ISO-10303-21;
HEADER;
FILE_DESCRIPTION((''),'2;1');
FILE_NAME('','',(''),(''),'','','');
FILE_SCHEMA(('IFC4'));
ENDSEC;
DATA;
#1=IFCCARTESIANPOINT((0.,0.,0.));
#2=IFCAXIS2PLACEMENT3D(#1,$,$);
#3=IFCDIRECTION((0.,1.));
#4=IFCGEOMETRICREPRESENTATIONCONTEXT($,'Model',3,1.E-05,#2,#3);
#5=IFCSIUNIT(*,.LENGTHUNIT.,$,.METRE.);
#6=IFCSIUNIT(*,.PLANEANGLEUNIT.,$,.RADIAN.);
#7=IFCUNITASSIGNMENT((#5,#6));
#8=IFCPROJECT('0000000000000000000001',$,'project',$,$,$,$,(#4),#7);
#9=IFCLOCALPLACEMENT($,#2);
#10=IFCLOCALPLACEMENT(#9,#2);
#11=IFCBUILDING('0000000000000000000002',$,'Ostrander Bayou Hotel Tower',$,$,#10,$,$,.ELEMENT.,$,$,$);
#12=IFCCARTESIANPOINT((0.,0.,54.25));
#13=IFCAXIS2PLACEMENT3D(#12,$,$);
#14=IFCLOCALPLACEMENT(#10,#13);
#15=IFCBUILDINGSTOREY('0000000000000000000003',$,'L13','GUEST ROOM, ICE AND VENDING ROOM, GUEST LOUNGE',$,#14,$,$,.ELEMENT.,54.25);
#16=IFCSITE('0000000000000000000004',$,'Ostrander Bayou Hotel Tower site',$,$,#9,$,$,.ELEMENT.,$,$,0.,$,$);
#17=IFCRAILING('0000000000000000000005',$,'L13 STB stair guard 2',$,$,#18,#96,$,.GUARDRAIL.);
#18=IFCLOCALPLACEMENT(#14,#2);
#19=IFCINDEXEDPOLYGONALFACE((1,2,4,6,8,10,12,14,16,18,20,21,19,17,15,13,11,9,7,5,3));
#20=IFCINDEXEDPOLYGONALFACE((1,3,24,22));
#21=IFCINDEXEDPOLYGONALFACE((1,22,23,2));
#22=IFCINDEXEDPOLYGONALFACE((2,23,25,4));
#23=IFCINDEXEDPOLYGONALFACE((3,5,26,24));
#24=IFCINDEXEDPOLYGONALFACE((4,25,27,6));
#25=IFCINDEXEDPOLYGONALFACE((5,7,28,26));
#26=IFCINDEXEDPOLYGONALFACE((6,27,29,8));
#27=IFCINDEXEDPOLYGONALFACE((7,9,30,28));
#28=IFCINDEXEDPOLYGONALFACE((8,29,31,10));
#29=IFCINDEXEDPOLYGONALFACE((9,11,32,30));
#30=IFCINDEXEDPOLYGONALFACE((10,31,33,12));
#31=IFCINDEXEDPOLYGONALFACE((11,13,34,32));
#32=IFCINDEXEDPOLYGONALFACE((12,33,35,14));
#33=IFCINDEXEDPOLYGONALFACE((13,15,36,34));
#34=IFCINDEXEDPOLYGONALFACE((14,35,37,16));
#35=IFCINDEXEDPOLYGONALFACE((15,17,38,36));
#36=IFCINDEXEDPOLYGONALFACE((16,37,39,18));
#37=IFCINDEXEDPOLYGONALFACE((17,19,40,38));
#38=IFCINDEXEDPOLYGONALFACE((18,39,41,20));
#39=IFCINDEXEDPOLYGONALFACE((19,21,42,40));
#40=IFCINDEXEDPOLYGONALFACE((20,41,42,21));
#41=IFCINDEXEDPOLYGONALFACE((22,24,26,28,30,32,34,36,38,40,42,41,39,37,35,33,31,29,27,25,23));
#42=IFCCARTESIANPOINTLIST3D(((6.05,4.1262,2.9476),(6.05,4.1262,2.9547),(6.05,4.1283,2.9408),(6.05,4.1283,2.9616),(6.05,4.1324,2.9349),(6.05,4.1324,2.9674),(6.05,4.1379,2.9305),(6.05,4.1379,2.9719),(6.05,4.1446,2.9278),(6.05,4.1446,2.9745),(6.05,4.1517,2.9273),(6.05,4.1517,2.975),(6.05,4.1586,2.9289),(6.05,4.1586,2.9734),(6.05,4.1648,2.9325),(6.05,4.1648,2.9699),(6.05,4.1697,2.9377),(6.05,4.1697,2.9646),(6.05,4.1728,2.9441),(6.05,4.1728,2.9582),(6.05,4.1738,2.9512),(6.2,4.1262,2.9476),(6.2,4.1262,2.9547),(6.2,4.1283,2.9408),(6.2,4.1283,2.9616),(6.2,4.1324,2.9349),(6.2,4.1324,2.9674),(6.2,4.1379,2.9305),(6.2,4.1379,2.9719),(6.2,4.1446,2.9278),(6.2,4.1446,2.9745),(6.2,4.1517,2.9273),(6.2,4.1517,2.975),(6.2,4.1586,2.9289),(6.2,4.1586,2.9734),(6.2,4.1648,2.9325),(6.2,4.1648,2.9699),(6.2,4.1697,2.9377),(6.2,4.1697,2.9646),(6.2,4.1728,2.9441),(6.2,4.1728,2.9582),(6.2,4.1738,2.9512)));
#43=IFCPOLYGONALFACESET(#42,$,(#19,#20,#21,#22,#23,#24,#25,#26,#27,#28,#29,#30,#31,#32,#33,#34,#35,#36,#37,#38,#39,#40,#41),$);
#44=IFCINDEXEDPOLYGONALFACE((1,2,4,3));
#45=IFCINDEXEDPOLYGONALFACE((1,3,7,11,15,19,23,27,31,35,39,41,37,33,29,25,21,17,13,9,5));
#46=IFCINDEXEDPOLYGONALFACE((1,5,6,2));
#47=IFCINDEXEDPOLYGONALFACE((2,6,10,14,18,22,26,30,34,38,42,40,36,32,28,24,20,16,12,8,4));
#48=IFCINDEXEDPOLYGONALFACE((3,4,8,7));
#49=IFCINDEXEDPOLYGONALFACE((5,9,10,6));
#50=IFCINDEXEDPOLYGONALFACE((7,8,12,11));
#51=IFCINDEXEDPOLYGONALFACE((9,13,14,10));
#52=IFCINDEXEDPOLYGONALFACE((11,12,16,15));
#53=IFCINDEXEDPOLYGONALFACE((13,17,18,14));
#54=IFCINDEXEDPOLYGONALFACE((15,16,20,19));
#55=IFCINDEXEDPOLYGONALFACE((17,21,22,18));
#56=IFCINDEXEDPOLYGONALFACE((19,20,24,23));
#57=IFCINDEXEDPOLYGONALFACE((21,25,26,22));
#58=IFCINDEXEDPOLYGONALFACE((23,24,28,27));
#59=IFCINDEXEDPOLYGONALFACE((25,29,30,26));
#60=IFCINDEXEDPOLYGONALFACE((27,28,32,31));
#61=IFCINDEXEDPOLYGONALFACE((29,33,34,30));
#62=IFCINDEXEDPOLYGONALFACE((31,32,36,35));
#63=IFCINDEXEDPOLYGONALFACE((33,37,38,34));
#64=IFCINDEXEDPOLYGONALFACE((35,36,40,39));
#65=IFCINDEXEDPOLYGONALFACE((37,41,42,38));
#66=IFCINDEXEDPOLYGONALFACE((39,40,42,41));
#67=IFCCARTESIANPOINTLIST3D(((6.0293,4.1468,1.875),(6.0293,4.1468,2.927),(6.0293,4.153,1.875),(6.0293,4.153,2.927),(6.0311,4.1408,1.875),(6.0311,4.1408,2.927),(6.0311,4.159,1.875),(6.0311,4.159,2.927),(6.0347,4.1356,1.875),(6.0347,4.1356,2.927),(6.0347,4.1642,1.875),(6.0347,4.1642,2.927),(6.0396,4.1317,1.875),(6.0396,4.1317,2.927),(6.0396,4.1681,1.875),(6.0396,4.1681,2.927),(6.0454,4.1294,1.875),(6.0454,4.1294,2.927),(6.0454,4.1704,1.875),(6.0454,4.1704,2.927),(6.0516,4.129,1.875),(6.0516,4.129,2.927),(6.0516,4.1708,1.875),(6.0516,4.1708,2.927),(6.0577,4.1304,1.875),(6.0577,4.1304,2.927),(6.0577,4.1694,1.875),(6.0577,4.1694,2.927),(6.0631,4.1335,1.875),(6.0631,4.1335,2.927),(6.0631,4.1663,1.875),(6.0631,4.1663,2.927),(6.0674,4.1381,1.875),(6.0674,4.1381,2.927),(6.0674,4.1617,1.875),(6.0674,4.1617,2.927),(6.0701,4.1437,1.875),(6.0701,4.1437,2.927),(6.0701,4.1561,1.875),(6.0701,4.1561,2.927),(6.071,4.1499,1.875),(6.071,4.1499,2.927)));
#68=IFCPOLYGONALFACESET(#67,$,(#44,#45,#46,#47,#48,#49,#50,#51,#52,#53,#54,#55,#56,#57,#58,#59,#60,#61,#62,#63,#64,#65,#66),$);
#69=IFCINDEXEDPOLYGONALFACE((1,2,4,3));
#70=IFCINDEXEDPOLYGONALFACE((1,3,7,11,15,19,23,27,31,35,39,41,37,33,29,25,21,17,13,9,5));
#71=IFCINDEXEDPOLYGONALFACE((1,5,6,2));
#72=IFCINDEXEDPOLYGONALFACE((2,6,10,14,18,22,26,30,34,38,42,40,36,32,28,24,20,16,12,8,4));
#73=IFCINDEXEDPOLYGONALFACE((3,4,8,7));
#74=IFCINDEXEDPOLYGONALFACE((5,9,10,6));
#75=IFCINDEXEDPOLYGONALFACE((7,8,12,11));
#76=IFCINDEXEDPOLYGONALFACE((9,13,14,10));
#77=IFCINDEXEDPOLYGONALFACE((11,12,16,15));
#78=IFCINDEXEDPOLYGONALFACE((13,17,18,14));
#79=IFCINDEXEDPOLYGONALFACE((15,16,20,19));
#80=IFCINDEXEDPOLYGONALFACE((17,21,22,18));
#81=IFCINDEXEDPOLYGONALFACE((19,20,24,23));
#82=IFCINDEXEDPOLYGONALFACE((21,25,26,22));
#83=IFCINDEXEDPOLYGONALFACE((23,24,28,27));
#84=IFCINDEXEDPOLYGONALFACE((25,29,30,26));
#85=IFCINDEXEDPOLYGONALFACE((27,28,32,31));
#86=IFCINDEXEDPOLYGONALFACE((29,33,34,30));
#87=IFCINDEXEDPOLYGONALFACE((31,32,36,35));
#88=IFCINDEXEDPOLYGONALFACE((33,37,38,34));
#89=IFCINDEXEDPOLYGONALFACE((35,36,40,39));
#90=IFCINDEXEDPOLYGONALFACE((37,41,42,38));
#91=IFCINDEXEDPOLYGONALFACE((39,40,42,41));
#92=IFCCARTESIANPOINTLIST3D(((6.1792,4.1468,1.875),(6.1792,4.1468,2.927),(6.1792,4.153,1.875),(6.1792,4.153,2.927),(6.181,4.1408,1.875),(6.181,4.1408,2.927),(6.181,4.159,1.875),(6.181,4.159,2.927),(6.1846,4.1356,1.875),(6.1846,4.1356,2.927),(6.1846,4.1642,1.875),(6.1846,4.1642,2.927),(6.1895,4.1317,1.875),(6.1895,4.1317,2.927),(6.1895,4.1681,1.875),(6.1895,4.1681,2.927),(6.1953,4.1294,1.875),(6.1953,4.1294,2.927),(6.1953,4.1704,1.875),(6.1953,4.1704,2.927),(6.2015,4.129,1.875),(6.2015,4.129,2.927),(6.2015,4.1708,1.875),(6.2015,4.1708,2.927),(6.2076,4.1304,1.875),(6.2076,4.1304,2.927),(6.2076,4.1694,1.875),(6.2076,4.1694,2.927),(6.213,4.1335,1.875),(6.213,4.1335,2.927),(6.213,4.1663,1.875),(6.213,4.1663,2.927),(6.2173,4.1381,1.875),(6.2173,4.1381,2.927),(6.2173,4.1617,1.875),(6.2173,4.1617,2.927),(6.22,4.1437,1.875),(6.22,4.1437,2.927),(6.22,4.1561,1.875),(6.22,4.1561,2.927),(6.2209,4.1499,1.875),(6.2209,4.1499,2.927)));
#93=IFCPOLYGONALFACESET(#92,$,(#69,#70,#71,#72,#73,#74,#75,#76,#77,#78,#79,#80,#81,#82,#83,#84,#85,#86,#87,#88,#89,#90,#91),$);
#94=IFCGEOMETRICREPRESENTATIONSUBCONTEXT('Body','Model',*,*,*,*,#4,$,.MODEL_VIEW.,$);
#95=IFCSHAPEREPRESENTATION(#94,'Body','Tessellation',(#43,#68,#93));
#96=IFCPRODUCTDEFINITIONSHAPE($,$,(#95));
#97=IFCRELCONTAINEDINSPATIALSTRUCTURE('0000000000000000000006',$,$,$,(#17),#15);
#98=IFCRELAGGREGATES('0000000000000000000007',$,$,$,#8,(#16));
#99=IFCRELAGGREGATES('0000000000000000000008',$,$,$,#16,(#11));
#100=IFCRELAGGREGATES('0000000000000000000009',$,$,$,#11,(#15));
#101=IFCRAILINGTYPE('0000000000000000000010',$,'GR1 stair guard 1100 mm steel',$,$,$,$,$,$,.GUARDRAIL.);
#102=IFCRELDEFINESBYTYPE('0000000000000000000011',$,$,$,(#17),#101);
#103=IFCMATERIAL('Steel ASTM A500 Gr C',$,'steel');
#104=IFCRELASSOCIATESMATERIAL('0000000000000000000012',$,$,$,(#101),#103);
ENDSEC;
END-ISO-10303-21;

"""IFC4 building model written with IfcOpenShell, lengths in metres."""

from ifc_helpers import new_model, si_unit, direction, frame, origin, origin_2d, place, context, subcontext, project, spatial, circle, extrude, material, type_object, element, save


model = new_model("IFC4")

# Units and contexts
model_context = context("Model", 3, precision=1e-05, world=origin(), true_north=direction((0.0, 1.0)))
body_context = subcontext(model_context, "Body", "Model", "MODEL_VIEW")
ifc_project = project(units=[si_unit("LENGTHUNIT", "METRE"), si_unit("PLANEANGLEUNIT", "RADIAN")], contexts=[model_context])

# Site, building, storey
site_placement = place(None, origin())
site = spatial("IfcSite", under=ifc_project, at=site_placement, Name="Ostrander Bayou Hotel Tower site", CompositionType="ELEMENT", RefElevation=0.0)
building_placement = place(site_placement, origin())
building = spatial("IfcBuilding", under=site, at=building_placement, Name="Ostrander Bayou Hotel Tower", CompositionType="ELEMENT")
storey_placement = place(building_placement, frame((0.0, 0.0, 54.25)))
storey = spatial("IfcBuildingStorey", under=building, at=storey_placement, Name="L13", Description="GUEST ROOM, ICE AND VENDING ROOM, GUEST LOUNGE", CompositionType="ELEMENT", Elevation=54.25)

# Railing
ifc_material_1 = material(Name="Steel ASTM A500 Gr C", Category="steel")
railing_type_1 = type_object("IfcRailingType", Name="GR1 stair guard 1100 mm steel", PredefinedType="GUARDRAIL", material=ifc_material_1)
railing_1_placement = place(storey_placement, frame((6.05, 4.1499, 1.875)))
element("IfcRailing", 1, at=railing_1_placement, inside=storey, type_object=railing_type_1, Name="L13 STB stair guard 2", PredefinedType="GUARDRAIL", context=body_context, shape_type="SweptSolid", body=[
    extrude(circle(Radius=0.0239, at=origin_2d()), frame((0.0, 0.0, 1.0762), z_axis=(1.0, 0.0, 0.0), x_axis=(0.0, 1.0, 0.0)), (0.0, 0.0, 1.0), 0.1499),
    extrude(circle(Radius=0.021, at=origin_2d()), origin(), (0.0, 0.0, 1.0), 1.052),
    extrude(circle(Radius=0.021, at=origin_2d()), frame((0.1499, 0.0, 0.0)), (0.0, 0.0, 1.0), 1.052),
])

save(model, "model.ifc")
